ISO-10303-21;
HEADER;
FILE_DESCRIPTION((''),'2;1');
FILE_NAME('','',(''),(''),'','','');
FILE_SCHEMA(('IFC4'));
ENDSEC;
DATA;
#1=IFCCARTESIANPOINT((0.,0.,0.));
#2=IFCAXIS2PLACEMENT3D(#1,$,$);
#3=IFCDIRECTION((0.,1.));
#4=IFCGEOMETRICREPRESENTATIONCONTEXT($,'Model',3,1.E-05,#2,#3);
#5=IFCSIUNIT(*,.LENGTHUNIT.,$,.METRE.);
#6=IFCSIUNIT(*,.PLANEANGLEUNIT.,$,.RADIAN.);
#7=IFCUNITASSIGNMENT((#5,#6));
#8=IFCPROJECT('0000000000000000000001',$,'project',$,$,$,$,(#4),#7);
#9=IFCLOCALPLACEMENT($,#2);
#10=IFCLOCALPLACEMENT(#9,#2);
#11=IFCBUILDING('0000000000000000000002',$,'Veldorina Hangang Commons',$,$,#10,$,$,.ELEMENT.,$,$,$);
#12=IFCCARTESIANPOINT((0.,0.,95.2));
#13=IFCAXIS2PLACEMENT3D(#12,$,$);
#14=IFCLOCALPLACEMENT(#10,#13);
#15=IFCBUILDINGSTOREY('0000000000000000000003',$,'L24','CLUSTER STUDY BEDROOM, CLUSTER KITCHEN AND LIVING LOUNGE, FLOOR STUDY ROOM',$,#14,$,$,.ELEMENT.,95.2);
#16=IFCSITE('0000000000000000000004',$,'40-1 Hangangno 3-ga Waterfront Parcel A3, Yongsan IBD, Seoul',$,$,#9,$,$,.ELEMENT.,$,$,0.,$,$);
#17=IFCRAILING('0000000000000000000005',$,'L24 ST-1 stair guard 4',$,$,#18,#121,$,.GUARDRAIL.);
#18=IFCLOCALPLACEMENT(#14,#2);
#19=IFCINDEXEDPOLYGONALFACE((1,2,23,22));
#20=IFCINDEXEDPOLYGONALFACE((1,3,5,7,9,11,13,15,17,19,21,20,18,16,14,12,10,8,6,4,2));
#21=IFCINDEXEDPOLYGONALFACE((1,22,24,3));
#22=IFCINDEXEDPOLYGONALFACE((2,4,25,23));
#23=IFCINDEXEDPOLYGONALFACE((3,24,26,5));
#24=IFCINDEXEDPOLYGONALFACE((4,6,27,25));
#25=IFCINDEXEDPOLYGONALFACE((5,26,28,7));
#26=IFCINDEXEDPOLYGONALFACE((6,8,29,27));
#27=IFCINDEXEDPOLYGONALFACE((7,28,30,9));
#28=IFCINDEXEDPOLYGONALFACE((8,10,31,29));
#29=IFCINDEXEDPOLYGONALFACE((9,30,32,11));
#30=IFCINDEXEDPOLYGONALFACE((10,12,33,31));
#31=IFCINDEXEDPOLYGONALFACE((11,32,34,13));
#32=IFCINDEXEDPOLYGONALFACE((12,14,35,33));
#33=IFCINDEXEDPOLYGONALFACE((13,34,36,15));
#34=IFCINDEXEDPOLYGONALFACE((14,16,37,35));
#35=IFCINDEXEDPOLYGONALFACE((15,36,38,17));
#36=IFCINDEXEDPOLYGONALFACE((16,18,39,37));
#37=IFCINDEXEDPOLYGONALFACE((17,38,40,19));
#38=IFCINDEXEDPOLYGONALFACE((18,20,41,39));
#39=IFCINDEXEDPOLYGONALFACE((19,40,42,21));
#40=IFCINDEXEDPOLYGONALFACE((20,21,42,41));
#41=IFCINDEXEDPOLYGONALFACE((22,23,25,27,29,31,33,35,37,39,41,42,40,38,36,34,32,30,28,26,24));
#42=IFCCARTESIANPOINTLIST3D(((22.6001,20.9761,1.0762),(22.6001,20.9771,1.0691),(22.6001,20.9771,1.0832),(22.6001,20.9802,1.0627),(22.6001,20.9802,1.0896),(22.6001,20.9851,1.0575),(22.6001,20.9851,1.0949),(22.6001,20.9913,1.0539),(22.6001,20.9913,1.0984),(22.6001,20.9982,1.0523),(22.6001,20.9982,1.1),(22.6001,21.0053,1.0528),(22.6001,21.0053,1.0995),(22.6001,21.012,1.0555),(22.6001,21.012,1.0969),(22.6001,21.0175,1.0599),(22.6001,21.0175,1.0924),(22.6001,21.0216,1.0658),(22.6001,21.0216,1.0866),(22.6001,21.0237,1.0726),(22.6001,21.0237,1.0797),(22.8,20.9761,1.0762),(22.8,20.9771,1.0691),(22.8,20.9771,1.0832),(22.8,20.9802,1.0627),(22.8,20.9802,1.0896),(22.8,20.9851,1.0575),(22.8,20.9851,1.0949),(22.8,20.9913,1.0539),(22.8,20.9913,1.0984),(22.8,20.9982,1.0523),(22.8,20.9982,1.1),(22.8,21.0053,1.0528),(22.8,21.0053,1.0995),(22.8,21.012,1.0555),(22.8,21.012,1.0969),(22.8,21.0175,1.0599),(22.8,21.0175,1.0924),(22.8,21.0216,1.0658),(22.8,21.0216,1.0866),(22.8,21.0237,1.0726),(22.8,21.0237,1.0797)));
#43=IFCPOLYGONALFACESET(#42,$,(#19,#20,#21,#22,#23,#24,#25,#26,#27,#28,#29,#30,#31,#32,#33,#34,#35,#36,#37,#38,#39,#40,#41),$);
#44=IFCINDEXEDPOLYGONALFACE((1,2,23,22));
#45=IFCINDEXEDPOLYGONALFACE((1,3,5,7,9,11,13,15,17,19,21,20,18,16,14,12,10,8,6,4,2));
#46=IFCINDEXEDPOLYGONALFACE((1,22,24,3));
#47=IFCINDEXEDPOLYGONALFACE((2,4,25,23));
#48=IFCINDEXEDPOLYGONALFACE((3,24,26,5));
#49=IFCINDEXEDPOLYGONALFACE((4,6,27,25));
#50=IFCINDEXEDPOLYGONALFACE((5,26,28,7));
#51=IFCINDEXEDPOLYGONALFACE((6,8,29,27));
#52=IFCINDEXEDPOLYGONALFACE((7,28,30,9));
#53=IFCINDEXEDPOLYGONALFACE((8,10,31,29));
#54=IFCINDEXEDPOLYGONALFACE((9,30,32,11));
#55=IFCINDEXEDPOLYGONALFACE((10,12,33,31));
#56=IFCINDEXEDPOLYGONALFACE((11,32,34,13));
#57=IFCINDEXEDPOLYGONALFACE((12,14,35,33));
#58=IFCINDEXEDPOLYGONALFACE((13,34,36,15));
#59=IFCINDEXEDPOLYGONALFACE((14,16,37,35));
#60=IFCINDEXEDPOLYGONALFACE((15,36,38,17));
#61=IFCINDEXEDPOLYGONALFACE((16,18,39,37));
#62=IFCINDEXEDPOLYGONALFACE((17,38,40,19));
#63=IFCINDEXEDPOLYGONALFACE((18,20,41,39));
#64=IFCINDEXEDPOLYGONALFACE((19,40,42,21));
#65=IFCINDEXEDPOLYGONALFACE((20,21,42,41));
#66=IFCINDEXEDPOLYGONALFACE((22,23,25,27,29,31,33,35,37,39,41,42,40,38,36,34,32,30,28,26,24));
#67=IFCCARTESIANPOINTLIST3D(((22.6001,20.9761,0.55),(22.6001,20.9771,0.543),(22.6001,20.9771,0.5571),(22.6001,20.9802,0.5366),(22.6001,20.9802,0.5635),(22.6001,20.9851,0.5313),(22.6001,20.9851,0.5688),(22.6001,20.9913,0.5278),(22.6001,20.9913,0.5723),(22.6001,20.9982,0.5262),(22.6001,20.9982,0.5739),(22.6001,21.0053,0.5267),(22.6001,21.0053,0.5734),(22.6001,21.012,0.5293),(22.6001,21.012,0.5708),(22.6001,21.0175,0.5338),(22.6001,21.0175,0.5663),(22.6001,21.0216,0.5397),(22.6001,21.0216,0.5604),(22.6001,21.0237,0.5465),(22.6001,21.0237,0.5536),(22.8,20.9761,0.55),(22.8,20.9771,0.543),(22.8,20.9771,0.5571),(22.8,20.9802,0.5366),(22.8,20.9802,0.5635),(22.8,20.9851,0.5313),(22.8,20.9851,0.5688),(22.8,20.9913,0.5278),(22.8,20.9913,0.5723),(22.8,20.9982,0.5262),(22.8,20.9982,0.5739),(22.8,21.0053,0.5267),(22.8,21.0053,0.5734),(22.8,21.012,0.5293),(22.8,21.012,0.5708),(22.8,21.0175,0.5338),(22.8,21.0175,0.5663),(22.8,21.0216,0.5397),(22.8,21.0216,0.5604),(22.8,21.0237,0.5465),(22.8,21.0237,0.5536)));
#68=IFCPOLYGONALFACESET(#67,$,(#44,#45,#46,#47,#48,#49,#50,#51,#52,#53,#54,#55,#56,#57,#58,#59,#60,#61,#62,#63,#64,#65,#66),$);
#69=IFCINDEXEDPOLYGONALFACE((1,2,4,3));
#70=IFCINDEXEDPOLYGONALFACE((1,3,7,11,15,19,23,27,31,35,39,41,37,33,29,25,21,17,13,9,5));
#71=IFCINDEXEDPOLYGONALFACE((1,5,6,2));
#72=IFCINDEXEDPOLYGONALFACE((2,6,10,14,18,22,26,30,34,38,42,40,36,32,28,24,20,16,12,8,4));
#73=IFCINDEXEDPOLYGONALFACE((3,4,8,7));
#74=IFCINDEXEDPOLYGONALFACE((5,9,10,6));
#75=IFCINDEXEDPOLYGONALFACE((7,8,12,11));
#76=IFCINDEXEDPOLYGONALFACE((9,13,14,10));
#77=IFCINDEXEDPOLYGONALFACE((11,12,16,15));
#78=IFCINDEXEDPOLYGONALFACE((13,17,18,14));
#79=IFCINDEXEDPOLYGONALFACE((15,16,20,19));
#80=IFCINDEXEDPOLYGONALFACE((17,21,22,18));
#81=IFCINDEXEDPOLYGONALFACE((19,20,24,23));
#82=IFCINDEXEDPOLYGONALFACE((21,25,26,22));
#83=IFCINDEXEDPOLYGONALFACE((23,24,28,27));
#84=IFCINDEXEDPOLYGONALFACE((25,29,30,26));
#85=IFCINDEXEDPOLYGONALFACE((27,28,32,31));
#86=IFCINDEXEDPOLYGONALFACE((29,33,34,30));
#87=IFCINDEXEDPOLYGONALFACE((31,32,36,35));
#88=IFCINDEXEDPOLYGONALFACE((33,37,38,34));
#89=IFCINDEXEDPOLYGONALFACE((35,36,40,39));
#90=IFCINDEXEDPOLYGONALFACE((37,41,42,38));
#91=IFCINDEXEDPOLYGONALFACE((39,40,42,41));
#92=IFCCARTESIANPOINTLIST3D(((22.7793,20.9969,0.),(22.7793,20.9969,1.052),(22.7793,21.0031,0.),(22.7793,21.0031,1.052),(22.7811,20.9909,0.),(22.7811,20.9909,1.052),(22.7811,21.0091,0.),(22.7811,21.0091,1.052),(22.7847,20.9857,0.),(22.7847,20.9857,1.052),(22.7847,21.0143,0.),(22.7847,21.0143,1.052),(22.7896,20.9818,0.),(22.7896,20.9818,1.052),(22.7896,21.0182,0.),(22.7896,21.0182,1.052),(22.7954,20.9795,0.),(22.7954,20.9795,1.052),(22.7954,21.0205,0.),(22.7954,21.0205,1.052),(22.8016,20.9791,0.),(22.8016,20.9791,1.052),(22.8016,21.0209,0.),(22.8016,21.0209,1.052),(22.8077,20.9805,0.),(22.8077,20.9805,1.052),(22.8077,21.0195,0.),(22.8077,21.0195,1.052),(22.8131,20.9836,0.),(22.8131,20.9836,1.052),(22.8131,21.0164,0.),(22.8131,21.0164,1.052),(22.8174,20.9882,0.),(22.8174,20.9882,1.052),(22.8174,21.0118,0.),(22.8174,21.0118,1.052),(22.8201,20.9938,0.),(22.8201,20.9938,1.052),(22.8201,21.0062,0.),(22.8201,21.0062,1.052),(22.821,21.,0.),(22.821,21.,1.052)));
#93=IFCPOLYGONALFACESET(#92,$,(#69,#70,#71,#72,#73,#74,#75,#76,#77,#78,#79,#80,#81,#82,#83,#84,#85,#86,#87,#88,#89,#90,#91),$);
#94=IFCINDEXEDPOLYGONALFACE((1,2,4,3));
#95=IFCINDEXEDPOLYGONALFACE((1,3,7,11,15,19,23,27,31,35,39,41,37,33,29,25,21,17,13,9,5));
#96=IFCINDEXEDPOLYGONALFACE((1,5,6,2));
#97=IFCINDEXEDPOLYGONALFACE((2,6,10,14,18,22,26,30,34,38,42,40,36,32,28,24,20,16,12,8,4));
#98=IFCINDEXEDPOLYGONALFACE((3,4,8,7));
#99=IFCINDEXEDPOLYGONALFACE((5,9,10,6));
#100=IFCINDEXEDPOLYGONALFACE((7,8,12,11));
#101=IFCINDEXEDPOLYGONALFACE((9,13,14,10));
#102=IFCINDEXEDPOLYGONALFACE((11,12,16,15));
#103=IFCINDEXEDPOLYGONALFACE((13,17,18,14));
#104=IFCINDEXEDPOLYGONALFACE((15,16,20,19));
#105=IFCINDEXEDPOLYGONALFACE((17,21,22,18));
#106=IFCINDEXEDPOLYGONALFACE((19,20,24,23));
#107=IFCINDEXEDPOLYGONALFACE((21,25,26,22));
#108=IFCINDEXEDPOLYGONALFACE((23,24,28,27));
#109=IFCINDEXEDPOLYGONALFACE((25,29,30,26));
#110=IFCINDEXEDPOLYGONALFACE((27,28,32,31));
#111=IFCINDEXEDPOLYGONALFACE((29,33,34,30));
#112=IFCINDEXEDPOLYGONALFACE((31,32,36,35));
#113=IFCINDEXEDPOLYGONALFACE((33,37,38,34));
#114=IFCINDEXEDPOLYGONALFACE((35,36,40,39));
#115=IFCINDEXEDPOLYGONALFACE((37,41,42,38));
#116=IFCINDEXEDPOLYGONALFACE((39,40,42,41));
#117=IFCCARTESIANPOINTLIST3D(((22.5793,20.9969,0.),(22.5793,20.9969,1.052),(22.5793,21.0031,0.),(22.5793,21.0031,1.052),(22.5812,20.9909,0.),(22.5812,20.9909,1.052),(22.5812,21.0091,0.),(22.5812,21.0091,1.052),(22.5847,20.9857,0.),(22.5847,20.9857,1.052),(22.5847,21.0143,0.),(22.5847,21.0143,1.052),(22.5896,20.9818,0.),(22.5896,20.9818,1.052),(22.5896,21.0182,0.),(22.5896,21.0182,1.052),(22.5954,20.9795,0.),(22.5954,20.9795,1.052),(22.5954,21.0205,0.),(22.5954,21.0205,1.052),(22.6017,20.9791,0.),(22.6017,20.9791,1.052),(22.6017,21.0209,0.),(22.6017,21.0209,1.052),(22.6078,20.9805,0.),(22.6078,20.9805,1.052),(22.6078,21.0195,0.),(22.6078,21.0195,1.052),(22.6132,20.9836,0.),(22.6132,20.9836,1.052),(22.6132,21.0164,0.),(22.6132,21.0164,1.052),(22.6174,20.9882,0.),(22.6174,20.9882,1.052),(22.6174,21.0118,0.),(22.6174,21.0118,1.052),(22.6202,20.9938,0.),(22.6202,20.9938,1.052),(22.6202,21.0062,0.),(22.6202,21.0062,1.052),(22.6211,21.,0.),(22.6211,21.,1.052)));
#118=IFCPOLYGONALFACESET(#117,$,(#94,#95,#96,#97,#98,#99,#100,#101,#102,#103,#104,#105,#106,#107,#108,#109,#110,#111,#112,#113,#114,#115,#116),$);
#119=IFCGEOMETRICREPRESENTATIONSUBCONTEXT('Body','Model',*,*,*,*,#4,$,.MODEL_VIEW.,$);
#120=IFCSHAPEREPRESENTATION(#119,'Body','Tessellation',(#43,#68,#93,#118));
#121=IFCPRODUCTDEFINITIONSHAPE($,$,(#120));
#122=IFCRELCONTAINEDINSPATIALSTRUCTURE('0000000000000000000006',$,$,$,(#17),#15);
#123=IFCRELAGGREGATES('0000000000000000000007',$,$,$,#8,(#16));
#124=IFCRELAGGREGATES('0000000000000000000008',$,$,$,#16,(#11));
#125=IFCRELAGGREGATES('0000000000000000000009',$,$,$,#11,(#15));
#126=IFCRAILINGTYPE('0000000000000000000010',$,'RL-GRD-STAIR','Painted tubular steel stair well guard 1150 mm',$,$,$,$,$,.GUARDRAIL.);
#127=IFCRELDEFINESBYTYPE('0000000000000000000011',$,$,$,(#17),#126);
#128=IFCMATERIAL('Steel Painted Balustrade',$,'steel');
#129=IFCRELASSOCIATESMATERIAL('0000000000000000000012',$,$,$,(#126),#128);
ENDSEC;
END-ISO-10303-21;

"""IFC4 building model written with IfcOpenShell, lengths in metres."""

from ifc_helpers import new_model, si_unit, direction, frame, origin, origin_2d, place, context, subcontext, project, spatial, circle, extrude, material, type_object, element, save


model = new_model("IFC4")

# Units and contexts
model_context = context("Model", 3, precision=1e-05, world=origin(), true_north=direction((0.0, 1.0)))
body_context = subcontext(model_context, "Body", "Model", "MODEL_VIEW")
ifc_project = project(units=[si_unit("LENGTHUNIT", "METRE"), si_unit("PLANEANGLEUNIT", "RADIAN")], contexts=[model_context])

# Site, building, storey
site_placement = place(None, origin())
site = spatial("IfcSite", under=ifc_project, at=site_placement, Name="40-1 Hangangno 3-ga Waterfront Parcel A3, Yongsan IBD, Seoul", CompositionType="ELEMENT", RefElevation=0.0)
building_placement = place(site_placement, origin())
building = spatial("IfcBuilding", under=site, at=building_placement, Name="Veldorina Hangang Commons", CompositionType="ELEMENT")
storey_placement = place(building_placement, frame((0.0, 0.0, 95.2)))
storey = spatial("IfcBuildingStorey", under=building, at=storey_placement, Name="L24", Description="CLUSTER STUDY BEDROOM, CLUSTER KITCHEN AND LIVING LOUNGE, FLOOR STUDY ROOM", CompositionType="ELEMENT", Elevation=95.2)

# Railing
ifc_material_1 = material(Name="Steel Painted Balustrade", Category="steel")
railing_type_1 = type_object("IfcRailingType", Name="RL-GRD-STAIR", Description="Painted tubular steel stair well guard 1150 mm", PredefinedType="GUARDRAIL", material=ifc_material_1)
railing_1_placement = place(storey_placement, frame((22.8, 21.0, 0.0)))
element("IfcRailing", 1, at=railing_1_placement, inside=storey, type_object=railing_type_1, Name="L24 ST-1 stair guard 4", PredefinedType="GUARDRAIL", context=body_context, shape_type="SweptSolid", body=[
    extrude(circle(Radius=0.0239, at=origin_2d()), frame((0.0, 0.0, 1.0762), z_axis=(-1.0, 0.0, 0.0), x_axis=(0.0, -1.0, 0.0)), (0.0, 0.0, 1.0), 0.2),
    extrude(circle(Radius=0.0239, at=origin_2d()), frame((0.0, 0.0, 0.55), z_axis=(-1.0, 0.0, 0.0), x_axis=(0.0, -1.0, 0.0)), (0.0, 0.0, 1.0), 0.2),
    extrude(circle(Radius=0.021, at=origin_2d()), origin(), (0.0, 0.0, 1.0), 1.052),
    extrude(circle(Radius=0.021, at=origin_2d()), frame((-0.2, 0.0, 0.0)), (0.0, 0.0, 1.0), 1.052),
])

save(model, "model.ifc")
